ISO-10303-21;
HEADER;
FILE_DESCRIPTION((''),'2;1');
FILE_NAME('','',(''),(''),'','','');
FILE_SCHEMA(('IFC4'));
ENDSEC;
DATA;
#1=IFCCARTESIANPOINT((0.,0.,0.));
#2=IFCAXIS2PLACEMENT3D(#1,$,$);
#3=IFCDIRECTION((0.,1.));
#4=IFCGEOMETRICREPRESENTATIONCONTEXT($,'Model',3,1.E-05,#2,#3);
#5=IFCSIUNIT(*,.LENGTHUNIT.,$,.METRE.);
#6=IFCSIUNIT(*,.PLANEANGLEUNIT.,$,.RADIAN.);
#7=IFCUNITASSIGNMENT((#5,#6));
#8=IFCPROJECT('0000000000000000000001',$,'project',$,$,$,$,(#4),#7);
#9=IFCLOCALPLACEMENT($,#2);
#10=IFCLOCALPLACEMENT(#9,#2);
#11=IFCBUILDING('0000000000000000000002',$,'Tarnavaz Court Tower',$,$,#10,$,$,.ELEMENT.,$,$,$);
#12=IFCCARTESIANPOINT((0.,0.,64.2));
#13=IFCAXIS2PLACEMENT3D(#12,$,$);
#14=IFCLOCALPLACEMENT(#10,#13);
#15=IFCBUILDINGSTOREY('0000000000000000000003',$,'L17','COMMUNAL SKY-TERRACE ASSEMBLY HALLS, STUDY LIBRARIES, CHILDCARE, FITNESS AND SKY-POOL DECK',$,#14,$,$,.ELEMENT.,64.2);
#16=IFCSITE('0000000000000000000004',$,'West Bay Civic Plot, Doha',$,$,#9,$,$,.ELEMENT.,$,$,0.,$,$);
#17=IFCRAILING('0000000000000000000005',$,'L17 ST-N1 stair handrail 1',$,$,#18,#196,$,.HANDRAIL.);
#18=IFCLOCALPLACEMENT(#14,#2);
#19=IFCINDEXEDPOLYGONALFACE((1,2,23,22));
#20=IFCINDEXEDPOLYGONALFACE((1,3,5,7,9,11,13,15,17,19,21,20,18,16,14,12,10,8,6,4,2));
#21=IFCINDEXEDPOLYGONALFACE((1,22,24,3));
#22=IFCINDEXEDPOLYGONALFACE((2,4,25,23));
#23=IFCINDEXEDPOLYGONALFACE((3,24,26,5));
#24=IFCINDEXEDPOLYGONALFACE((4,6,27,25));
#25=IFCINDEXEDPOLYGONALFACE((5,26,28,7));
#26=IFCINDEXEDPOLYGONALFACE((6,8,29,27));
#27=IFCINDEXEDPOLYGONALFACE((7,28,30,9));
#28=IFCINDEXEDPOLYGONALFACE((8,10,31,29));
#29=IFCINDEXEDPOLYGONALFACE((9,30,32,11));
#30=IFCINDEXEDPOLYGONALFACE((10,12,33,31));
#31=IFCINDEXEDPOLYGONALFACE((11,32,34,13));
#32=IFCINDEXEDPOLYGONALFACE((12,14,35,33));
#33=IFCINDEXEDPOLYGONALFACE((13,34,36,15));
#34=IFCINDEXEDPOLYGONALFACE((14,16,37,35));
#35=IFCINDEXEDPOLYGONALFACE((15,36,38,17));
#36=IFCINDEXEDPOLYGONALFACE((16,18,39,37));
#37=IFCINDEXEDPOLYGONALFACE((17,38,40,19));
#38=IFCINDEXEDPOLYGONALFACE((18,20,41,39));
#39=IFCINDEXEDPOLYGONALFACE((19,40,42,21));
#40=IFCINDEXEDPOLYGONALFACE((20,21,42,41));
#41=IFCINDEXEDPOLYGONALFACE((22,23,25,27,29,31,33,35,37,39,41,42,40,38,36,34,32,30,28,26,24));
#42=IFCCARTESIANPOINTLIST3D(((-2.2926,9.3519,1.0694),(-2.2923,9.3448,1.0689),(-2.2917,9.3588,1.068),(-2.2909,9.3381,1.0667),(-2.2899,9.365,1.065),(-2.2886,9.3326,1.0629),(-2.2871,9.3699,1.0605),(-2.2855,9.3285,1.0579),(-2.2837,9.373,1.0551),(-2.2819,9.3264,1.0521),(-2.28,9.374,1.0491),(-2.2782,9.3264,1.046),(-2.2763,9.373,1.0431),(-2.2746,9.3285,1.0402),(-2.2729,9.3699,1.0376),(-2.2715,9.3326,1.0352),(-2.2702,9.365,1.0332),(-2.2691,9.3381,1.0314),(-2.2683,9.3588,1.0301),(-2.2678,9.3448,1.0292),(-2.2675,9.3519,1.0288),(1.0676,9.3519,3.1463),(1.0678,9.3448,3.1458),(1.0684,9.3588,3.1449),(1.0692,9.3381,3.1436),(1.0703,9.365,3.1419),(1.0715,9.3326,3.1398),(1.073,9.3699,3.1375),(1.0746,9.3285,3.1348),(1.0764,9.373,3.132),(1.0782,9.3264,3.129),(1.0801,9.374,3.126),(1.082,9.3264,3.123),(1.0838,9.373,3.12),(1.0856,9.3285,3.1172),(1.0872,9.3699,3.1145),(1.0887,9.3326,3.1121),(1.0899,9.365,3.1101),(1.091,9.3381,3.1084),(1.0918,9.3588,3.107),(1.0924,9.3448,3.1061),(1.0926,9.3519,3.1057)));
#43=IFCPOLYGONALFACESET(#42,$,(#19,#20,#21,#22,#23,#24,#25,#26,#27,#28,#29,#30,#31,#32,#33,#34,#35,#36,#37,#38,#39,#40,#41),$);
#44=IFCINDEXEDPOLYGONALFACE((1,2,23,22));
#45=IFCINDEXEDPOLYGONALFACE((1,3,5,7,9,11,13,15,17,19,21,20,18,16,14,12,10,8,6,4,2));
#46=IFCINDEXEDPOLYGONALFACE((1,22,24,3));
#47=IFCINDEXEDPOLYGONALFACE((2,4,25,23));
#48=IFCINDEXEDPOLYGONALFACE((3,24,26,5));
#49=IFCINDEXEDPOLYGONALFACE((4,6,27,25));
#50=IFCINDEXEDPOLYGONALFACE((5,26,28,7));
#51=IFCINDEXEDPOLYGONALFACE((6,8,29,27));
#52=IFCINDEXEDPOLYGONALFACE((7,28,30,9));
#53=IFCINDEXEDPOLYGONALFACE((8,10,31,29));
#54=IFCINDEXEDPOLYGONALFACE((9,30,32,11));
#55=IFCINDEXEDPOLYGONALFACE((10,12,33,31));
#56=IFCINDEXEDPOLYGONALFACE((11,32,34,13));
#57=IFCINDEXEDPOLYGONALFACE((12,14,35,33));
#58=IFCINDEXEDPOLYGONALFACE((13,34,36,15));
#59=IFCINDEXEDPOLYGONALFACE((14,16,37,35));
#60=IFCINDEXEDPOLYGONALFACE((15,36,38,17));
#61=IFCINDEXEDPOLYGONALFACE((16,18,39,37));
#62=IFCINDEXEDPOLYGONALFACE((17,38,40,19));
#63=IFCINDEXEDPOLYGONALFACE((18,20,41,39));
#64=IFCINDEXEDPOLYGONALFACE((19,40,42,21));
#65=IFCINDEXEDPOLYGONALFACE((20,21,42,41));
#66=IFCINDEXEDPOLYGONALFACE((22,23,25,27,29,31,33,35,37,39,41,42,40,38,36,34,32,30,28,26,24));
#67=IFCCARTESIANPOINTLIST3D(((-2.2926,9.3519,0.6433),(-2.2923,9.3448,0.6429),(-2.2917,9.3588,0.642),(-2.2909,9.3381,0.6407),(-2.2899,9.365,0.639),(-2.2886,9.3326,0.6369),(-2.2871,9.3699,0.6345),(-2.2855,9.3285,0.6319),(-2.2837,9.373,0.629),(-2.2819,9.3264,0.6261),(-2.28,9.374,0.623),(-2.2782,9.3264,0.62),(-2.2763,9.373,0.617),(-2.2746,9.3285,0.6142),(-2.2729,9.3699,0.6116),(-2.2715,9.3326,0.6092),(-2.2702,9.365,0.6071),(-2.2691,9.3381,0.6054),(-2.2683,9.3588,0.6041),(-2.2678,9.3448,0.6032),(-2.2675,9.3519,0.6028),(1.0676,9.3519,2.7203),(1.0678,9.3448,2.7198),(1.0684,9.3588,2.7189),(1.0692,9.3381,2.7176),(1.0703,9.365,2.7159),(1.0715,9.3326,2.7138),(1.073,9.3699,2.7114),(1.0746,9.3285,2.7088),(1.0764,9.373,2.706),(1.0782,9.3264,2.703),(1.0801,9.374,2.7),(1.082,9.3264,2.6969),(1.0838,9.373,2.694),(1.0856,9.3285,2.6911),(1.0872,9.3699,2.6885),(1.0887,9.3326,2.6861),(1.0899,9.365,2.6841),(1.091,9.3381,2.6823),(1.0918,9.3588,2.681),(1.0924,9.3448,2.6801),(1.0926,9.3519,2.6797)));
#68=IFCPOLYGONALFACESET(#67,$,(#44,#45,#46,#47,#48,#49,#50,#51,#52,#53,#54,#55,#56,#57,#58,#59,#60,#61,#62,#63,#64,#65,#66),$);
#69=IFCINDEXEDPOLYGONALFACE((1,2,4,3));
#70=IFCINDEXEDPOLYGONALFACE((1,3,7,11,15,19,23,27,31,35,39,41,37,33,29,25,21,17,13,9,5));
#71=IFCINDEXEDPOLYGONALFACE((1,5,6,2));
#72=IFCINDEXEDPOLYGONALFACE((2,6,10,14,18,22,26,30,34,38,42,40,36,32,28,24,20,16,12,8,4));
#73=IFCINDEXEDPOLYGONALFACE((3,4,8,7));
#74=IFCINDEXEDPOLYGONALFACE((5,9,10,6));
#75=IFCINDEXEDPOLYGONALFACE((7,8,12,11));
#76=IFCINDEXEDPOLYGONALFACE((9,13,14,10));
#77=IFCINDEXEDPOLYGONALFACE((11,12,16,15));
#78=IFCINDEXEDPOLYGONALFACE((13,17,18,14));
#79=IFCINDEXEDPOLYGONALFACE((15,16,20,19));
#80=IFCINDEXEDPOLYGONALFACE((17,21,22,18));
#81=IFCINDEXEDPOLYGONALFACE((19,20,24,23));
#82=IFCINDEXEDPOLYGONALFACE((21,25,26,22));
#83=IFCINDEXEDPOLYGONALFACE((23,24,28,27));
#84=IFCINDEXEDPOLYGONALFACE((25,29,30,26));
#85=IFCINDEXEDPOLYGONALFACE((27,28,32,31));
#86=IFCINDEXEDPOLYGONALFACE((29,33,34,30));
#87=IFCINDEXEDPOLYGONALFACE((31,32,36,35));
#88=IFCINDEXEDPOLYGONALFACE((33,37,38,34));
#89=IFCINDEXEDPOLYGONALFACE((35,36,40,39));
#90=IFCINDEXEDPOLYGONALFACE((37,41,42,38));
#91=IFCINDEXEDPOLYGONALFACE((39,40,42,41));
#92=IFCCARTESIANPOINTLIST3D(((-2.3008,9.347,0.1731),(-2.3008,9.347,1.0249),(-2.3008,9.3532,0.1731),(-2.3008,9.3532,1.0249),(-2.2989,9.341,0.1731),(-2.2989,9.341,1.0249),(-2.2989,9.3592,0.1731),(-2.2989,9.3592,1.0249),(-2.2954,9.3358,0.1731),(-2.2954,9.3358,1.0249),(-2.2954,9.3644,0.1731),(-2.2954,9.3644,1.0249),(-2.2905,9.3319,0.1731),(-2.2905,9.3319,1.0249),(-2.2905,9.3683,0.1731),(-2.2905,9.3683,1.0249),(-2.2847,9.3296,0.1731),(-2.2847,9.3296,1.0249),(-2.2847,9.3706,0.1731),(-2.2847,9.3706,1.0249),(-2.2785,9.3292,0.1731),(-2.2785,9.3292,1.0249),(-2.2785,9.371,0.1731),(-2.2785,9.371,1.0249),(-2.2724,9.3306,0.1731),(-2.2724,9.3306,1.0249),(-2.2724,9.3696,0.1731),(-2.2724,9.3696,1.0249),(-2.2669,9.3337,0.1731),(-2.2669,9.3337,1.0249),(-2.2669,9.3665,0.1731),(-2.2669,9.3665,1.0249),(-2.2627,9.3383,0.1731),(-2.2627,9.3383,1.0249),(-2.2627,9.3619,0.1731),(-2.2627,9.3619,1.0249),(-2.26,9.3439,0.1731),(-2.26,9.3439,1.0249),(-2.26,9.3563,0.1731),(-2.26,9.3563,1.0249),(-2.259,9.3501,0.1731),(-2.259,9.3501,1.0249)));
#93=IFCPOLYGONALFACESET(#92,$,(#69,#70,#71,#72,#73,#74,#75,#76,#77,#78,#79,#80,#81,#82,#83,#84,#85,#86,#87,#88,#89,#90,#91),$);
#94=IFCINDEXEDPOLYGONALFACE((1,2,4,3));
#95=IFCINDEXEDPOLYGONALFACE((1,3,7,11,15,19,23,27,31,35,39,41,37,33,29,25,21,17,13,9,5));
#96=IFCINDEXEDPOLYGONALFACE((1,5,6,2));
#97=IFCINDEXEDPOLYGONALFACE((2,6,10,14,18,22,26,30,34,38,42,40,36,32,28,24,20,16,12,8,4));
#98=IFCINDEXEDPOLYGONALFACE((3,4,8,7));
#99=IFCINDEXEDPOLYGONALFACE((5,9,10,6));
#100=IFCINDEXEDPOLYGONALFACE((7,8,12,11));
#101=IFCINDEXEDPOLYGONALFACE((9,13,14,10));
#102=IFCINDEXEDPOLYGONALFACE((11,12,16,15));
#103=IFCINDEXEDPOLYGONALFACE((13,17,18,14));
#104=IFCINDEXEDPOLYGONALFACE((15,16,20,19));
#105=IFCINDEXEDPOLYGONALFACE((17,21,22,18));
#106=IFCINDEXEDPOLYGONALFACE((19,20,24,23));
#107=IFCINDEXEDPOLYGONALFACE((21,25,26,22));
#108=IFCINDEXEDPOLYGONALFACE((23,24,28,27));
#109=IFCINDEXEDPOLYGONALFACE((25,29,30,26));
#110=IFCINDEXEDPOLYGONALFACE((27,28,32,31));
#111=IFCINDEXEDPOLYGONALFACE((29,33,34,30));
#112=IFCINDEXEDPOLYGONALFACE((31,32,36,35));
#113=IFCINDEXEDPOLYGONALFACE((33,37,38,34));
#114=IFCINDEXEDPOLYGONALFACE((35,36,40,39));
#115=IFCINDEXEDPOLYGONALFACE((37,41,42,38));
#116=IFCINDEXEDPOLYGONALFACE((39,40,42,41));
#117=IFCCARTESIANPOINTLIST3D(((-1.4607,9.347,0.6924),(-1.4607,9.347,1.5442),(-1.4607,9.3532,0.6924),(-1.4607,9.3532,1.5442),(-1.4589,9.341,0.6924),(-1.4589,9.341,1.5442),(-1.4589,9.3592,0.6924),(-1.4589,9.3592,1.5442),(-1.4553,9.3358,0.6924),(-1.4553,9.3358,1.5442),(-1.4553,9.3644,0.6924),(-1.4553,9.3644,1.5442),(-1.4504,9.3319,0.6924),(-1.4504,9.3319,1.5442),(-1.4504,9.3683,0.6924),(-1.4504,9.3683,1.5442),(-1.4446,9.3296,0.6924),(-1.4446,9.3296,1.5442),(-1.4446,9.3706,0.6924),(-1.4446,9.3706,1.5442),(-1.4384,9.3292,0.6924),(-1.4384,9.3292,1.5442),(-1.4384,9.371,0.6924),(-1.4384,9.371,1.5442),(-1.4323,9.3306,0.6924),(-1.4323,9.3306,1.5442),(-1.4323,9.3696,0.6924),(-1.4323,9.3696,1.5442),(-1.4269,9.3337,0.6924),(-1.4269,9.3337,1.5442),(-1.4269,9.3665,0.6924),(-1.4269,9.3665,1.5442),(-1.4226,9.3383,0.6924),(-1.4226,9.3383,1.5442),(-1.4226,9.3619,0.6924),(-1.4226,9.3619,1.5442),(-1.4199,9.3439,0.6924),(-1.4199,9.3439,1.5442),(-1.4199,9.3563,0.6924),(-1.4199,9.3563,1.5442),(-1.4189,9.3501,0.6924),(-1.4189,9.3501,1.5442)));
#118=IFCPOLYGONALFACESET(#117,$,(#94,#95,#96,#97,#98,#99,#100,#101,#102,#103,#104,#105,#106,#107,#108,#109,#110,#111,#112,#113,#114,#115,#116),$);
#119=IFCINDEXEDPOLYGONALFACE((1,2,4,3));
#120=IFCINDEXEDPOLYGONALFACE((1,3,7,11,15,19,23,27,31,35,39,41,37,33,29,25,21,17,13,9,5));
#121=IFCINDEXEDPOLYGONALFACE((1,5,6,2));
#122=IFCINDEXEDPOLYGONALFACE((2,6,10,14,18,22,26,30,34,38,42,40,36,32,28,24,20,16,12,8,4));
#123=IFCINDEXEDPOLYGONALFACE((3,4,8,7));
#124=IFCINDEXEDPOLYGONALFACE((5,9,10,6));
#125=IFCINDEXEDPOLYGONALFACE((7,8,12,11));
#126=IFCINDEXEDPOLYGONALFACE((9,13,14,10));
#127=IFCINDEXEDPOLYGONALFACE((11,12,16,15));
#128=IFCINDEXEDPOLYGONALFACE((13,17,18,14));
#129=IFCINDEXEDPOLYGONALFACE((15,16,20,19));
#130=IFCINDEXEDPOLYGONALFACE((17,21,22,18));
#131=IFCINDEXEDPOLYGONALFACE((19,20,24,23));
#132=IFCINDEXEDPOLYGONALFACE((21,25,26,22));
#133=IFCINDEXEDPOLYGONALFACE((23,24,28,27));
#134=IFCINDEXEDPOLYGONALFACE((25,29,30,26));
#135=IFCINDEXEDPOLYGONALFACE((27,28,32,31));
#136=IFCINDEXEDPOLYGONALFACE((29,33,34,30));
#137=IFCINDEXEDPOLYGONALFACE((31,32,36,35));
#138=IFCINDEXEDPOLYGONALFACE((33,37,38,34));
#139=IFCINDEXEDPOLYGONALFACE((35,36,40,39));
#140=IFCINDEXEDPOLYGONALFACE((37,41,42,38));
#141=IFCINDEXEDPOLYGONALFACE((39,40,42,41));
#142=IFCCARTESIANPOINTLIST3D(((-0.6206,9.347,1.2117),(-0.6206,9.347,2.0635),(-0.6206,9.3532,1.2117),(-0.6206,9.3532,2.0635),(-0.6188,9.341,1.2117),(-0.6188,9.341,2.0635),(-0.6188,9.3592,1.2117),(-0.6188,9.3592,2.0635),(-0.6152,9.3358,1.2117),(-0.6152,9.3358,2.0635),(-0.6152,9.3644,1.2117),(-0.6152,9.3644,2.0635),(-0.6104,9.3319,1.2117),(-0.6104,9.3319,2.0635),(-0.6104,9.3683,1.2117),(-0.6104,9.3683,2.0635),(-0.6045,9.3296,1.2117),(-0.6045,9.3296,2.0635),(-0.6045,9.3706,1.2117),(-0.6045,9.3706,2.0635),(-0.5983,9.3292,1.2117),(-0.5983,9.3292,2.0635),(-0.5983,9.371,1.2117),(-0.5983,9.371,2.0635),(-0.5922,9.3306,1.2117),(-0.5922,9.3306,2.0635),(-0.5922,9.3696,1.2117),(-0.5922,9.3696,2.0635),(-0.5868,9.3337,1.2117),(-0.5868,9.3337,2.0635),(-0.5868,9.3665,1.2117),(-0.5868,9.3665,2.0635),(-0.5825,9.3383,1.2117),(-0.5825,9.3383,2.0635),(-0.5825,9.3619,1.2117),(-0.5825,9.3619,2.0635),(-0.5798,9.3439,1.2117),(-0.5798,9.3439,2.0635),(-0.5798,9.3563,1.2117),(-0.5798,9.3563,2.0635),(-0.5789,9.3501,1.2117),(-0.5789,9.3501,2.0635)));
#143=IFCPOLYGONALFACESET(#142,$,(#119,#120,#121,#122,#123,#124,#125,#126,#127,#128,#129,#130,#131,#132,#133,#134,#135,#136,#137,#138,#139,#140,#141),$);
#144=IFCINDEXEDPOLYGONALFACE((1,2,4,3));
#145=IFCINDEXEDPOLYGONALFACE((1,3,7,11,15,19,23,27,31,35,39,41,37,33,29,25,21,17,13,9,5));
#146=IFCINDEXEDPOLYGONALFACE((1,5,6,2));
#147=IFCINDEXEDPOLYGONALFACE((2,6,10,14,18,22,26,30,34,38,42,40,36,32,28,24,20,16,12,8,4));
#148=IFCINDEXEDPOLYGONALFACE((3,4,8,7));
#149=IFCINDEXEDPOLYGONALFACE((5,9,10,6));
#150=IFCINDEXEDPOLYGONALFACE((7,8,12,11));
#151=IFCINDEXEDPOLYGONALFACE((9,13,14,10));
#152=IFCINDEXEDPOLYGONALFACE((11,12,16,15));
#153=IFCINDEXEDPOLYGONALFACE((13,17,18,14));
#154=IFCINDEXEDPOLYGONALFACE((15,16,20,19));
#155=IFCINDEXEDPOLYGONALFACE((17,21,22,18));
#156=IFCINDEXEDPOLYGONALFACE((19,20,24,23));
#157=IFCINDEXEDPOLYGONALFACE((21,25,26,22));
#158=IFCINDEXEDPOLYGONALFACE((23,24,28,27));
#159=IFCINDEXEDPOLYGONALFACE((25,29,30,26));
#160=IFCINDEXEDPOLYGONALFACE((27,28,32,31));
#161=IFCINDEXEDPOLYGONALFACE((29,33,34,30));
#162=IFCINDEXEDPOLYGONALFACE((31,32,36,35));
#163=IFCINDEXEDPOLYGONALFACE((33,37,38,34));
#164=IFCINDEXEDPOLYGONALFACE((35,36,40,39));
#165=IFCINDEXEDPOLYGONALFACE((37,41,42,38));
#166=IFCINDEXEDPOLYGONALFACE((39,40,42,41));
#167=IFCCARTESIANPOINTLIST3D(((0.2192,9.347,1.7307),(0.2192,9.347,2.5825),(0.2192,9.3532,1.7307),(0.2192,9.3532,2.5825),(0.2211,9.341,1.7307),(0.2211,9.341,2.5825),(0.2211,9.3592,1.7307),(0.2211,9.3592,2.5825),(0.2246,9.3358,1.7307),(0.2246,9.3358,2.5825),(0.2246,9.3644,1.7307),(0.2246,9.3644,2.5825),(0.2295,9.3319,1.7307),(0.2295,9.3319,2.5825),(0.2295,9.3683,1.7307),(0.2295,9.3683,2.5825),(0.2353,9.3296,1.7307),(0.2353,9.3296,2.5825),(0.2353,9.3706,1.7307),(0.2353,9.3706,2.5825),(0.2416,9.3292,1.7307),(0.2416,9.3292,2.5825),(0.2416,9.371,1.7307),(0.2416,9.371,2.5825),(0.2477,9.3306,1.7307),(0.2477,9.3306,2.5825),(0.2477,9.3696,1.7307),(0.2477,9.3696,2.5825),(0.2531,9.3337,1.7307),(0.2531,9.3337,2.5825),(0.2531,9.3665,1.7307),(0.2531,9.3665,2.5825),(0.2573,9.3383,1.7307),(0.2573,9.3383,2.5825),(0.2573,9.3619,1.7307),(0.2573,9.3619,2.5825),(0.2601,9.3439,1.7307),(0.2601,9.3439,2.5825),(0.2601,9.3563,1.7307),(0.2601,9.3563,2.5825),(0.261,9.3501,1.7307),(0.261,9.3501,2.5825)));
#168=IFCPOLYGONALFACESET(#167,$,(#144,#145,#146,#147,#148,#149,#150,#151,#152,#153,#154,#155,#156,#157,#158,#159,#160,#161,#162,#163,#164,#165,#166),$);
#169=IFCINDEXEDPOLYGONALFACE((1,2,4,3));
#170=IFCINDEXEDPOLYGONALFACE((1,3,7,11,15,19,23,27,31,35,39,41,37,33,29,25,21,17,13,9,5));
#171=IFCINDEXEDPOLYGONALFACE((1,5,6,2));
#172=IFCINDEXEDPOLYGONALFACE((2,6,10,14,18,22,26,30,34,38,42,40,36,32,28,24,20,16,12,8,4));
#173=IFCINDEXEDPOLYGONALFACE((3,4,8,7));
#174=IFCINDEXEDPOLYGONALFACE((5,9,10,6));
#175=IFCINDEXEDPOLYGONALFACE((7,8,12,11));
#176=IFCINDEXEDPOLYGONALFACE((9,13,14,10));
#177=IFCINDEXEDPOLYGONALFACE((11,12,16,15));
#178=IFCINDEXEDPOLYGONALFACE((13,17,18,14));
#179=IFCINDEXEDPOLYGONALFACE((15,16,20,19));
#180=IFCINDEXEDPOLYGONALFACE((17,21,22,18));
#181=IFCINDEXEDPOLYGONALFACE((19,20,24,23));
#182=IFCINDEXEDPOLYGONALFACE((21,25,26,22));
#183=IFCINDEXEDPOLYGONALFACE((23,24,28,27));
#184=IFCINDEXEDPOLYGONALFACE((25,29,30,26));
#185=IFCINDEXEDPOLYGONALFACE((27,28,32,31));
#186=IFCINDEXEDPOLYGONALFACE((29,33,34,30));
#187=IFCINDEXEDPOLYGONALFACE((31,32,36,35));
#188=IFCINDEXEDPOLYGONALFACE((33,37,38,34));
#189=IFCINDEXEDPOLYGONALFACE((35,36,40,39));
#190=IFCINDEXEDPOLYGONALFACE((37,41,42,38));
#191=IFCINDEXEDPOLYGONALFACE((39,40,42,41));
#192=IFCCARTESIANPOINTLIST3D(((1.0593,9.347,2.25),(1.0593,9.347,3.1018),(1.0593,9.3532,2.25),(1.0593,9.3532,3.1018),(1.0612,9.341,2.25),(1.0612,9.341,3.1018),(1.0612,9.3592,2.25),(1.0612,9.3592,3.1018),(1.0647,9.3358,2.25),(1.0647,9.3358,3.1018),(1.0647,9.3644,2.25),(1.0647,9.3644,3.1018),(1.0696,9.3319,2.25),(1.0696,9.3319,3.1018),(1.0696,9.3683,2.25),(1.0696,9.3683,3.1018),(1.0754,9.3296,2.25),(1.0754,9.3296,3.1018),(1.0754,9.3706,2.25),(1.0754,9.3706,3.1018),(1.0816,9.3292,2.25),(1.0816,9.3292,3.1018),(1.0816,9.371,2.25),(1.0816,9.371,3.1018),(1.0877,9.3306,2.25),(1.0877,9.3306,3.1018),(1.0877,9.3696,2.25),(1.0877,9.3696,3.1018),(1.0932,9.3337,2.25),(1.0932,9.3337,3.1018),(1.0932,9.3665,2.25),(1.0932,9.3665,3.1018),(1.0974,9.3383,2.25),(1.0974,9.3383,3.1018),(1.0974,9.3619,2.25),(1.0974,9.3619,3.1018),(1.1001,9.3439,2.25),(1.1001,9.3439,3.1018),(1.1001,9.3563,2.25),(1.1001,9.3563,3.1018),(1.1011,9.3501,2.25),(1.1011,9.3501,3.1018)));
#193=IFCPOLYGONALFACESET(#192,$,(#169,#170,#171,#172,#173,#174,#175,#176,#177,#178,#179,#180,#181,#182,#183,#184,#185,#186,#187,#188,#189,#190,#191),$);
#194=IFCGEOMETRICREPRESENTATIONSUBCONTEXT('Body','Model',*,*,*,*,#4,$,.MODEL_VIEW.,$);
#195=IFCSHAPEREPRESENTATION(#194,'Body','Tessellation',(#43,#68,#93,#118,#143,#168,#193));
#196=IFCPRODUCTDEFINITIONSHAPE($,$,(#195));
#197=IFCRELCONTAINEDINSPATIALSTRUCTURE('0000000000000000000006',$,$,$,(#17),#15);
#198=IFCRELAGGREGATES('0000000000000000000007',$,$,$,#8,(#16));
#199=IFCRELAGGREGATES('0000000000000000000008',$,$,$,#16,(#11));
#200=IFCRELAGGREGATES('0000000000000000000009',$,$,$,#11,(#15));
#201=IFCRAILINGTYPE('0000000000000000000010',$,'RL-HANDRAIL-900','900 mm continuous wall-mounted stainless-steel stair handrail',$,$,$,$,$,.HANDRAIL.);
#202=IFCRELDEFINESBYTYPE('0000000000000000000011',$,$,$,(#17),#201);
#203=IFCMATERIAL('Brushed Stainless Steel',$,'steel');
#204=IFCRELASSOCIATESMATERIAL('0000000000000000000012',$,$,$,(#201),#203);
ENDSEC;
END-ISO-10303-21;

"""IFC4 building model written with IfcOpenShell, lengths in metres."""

from ifc_helpers import new_model, si_unit, direction, frame, origin, origin_2d, place, context, subcontext, project, spatial, circle, extrude, material, type_object, element, save


model = new_model("IFC4")

# Units and contexts
model_context = context("Model", 3, precision=1e-05, world=origin(), true_north=direction((0.0, 1.0)))
body_context = subcontext(model_context, "Body", "Model", "MODEL_VIEW")
ifc_project = project(units=[si_unit("LENGTHUNIT", "METRE"), si_unit("PLANEANGLEUNIT", "RADIAN")], contexts=[model_context])

# Site, building, storey
site_placement = place(None, origin())
site = spatial("IfcSite", under=ifc_project, at=site_placement, Name="West Bay Civic Plot, Doha", CompositionType="ELEMENT", RefElevation=0.0)
building_placement = place(site_placement, origin())
building = spatial("IfcBuilding", under=site, at=building_placement, Name="Tarnavaz Court Tower", CompositionType="ELEMENT")
storey_placement = place(building_placement, frame((0.0, 0.0, 64.2)))
storey = spatial("IfcBuildingStorey", under=building, at=storey_placement, Name="L17", Description="COMMUNAL SKY-TERRACE ASSEMBLY HALLS, STUDY LIBRARIES, CHILDCARE, FITNESS AND SKY-POOL DECK", CompositionType="ELEMENT", Elevation=64.2)

# Railing
ifc_material_1 = material(Name="Brushed Stainless Steel", Category="steel")
railing_type_1 = type_object("IfcRailingType", Name="RL-HANDRAIL-900", Description="900 mm continuous wall-mounted stainless-steel stair handrail", PredefinedType="HANDRAIL", material=ifc_material_1)
railing_1_placement = place(storey_placement, frame((-2.28, 9.3501, 0.1731)))
element("IfcRailing", 1, at=railing_1_placement, inside=storey, type_object=railing_type_1, Name="L17 ST-N1 stair handrail 1", PredefinedType="HANDRAIL", context=body_context, shape_type="SweptSolid", body=[
    extrude(circle(Radius=0.0239, at=origin_2d()), frame((0.0, 0.0, 0.876), z_axis=(0.850623, 0.0, 0.525776), x_axis=(0.0, 1.0, 0.0)), (0.0, 0.0, 1.0), 3.9502),
    extrude(circle(Radius=0.0239, at=origin_2d()), frame((0.0, 0.0, 0.45), z_axis=(0.850623, 0.0, 0.525776), x_axis=(0.0, 1.0, 0.0)), (0.0, 0.0, 1.0), 3.9502),
    extrude(circle(Radius=0.021, at=origin_2d()), origin(), (0.0, 0.0, 1.0), 0.8518),
    extrude(circle(Radius=0.021, at=origin_2d()), frame((0.8401, 0.0, 0.5193)), (0.0, 0.0, 1.0), 0.8518),
    extrude(circle(Radius=0.021, at=origin_2d()), frame((1.6802, 0.0, 1.0386)), (0.0, 0.0, 1.0), 0.8518),
    extrude(circle(Radius=0.021, at=origin_2d()), frame((2.52, 0.0, 1.5576)), (0.0, 0.0, 1.0), 0.8518),
    extrude(circle(Radius=0.021, at=origin_2d()), frame((3.3601, 0.0, 2.0769)), (0.0, 0.0, 1.0), 0.8518),
])

save(model, "model.ifc")
